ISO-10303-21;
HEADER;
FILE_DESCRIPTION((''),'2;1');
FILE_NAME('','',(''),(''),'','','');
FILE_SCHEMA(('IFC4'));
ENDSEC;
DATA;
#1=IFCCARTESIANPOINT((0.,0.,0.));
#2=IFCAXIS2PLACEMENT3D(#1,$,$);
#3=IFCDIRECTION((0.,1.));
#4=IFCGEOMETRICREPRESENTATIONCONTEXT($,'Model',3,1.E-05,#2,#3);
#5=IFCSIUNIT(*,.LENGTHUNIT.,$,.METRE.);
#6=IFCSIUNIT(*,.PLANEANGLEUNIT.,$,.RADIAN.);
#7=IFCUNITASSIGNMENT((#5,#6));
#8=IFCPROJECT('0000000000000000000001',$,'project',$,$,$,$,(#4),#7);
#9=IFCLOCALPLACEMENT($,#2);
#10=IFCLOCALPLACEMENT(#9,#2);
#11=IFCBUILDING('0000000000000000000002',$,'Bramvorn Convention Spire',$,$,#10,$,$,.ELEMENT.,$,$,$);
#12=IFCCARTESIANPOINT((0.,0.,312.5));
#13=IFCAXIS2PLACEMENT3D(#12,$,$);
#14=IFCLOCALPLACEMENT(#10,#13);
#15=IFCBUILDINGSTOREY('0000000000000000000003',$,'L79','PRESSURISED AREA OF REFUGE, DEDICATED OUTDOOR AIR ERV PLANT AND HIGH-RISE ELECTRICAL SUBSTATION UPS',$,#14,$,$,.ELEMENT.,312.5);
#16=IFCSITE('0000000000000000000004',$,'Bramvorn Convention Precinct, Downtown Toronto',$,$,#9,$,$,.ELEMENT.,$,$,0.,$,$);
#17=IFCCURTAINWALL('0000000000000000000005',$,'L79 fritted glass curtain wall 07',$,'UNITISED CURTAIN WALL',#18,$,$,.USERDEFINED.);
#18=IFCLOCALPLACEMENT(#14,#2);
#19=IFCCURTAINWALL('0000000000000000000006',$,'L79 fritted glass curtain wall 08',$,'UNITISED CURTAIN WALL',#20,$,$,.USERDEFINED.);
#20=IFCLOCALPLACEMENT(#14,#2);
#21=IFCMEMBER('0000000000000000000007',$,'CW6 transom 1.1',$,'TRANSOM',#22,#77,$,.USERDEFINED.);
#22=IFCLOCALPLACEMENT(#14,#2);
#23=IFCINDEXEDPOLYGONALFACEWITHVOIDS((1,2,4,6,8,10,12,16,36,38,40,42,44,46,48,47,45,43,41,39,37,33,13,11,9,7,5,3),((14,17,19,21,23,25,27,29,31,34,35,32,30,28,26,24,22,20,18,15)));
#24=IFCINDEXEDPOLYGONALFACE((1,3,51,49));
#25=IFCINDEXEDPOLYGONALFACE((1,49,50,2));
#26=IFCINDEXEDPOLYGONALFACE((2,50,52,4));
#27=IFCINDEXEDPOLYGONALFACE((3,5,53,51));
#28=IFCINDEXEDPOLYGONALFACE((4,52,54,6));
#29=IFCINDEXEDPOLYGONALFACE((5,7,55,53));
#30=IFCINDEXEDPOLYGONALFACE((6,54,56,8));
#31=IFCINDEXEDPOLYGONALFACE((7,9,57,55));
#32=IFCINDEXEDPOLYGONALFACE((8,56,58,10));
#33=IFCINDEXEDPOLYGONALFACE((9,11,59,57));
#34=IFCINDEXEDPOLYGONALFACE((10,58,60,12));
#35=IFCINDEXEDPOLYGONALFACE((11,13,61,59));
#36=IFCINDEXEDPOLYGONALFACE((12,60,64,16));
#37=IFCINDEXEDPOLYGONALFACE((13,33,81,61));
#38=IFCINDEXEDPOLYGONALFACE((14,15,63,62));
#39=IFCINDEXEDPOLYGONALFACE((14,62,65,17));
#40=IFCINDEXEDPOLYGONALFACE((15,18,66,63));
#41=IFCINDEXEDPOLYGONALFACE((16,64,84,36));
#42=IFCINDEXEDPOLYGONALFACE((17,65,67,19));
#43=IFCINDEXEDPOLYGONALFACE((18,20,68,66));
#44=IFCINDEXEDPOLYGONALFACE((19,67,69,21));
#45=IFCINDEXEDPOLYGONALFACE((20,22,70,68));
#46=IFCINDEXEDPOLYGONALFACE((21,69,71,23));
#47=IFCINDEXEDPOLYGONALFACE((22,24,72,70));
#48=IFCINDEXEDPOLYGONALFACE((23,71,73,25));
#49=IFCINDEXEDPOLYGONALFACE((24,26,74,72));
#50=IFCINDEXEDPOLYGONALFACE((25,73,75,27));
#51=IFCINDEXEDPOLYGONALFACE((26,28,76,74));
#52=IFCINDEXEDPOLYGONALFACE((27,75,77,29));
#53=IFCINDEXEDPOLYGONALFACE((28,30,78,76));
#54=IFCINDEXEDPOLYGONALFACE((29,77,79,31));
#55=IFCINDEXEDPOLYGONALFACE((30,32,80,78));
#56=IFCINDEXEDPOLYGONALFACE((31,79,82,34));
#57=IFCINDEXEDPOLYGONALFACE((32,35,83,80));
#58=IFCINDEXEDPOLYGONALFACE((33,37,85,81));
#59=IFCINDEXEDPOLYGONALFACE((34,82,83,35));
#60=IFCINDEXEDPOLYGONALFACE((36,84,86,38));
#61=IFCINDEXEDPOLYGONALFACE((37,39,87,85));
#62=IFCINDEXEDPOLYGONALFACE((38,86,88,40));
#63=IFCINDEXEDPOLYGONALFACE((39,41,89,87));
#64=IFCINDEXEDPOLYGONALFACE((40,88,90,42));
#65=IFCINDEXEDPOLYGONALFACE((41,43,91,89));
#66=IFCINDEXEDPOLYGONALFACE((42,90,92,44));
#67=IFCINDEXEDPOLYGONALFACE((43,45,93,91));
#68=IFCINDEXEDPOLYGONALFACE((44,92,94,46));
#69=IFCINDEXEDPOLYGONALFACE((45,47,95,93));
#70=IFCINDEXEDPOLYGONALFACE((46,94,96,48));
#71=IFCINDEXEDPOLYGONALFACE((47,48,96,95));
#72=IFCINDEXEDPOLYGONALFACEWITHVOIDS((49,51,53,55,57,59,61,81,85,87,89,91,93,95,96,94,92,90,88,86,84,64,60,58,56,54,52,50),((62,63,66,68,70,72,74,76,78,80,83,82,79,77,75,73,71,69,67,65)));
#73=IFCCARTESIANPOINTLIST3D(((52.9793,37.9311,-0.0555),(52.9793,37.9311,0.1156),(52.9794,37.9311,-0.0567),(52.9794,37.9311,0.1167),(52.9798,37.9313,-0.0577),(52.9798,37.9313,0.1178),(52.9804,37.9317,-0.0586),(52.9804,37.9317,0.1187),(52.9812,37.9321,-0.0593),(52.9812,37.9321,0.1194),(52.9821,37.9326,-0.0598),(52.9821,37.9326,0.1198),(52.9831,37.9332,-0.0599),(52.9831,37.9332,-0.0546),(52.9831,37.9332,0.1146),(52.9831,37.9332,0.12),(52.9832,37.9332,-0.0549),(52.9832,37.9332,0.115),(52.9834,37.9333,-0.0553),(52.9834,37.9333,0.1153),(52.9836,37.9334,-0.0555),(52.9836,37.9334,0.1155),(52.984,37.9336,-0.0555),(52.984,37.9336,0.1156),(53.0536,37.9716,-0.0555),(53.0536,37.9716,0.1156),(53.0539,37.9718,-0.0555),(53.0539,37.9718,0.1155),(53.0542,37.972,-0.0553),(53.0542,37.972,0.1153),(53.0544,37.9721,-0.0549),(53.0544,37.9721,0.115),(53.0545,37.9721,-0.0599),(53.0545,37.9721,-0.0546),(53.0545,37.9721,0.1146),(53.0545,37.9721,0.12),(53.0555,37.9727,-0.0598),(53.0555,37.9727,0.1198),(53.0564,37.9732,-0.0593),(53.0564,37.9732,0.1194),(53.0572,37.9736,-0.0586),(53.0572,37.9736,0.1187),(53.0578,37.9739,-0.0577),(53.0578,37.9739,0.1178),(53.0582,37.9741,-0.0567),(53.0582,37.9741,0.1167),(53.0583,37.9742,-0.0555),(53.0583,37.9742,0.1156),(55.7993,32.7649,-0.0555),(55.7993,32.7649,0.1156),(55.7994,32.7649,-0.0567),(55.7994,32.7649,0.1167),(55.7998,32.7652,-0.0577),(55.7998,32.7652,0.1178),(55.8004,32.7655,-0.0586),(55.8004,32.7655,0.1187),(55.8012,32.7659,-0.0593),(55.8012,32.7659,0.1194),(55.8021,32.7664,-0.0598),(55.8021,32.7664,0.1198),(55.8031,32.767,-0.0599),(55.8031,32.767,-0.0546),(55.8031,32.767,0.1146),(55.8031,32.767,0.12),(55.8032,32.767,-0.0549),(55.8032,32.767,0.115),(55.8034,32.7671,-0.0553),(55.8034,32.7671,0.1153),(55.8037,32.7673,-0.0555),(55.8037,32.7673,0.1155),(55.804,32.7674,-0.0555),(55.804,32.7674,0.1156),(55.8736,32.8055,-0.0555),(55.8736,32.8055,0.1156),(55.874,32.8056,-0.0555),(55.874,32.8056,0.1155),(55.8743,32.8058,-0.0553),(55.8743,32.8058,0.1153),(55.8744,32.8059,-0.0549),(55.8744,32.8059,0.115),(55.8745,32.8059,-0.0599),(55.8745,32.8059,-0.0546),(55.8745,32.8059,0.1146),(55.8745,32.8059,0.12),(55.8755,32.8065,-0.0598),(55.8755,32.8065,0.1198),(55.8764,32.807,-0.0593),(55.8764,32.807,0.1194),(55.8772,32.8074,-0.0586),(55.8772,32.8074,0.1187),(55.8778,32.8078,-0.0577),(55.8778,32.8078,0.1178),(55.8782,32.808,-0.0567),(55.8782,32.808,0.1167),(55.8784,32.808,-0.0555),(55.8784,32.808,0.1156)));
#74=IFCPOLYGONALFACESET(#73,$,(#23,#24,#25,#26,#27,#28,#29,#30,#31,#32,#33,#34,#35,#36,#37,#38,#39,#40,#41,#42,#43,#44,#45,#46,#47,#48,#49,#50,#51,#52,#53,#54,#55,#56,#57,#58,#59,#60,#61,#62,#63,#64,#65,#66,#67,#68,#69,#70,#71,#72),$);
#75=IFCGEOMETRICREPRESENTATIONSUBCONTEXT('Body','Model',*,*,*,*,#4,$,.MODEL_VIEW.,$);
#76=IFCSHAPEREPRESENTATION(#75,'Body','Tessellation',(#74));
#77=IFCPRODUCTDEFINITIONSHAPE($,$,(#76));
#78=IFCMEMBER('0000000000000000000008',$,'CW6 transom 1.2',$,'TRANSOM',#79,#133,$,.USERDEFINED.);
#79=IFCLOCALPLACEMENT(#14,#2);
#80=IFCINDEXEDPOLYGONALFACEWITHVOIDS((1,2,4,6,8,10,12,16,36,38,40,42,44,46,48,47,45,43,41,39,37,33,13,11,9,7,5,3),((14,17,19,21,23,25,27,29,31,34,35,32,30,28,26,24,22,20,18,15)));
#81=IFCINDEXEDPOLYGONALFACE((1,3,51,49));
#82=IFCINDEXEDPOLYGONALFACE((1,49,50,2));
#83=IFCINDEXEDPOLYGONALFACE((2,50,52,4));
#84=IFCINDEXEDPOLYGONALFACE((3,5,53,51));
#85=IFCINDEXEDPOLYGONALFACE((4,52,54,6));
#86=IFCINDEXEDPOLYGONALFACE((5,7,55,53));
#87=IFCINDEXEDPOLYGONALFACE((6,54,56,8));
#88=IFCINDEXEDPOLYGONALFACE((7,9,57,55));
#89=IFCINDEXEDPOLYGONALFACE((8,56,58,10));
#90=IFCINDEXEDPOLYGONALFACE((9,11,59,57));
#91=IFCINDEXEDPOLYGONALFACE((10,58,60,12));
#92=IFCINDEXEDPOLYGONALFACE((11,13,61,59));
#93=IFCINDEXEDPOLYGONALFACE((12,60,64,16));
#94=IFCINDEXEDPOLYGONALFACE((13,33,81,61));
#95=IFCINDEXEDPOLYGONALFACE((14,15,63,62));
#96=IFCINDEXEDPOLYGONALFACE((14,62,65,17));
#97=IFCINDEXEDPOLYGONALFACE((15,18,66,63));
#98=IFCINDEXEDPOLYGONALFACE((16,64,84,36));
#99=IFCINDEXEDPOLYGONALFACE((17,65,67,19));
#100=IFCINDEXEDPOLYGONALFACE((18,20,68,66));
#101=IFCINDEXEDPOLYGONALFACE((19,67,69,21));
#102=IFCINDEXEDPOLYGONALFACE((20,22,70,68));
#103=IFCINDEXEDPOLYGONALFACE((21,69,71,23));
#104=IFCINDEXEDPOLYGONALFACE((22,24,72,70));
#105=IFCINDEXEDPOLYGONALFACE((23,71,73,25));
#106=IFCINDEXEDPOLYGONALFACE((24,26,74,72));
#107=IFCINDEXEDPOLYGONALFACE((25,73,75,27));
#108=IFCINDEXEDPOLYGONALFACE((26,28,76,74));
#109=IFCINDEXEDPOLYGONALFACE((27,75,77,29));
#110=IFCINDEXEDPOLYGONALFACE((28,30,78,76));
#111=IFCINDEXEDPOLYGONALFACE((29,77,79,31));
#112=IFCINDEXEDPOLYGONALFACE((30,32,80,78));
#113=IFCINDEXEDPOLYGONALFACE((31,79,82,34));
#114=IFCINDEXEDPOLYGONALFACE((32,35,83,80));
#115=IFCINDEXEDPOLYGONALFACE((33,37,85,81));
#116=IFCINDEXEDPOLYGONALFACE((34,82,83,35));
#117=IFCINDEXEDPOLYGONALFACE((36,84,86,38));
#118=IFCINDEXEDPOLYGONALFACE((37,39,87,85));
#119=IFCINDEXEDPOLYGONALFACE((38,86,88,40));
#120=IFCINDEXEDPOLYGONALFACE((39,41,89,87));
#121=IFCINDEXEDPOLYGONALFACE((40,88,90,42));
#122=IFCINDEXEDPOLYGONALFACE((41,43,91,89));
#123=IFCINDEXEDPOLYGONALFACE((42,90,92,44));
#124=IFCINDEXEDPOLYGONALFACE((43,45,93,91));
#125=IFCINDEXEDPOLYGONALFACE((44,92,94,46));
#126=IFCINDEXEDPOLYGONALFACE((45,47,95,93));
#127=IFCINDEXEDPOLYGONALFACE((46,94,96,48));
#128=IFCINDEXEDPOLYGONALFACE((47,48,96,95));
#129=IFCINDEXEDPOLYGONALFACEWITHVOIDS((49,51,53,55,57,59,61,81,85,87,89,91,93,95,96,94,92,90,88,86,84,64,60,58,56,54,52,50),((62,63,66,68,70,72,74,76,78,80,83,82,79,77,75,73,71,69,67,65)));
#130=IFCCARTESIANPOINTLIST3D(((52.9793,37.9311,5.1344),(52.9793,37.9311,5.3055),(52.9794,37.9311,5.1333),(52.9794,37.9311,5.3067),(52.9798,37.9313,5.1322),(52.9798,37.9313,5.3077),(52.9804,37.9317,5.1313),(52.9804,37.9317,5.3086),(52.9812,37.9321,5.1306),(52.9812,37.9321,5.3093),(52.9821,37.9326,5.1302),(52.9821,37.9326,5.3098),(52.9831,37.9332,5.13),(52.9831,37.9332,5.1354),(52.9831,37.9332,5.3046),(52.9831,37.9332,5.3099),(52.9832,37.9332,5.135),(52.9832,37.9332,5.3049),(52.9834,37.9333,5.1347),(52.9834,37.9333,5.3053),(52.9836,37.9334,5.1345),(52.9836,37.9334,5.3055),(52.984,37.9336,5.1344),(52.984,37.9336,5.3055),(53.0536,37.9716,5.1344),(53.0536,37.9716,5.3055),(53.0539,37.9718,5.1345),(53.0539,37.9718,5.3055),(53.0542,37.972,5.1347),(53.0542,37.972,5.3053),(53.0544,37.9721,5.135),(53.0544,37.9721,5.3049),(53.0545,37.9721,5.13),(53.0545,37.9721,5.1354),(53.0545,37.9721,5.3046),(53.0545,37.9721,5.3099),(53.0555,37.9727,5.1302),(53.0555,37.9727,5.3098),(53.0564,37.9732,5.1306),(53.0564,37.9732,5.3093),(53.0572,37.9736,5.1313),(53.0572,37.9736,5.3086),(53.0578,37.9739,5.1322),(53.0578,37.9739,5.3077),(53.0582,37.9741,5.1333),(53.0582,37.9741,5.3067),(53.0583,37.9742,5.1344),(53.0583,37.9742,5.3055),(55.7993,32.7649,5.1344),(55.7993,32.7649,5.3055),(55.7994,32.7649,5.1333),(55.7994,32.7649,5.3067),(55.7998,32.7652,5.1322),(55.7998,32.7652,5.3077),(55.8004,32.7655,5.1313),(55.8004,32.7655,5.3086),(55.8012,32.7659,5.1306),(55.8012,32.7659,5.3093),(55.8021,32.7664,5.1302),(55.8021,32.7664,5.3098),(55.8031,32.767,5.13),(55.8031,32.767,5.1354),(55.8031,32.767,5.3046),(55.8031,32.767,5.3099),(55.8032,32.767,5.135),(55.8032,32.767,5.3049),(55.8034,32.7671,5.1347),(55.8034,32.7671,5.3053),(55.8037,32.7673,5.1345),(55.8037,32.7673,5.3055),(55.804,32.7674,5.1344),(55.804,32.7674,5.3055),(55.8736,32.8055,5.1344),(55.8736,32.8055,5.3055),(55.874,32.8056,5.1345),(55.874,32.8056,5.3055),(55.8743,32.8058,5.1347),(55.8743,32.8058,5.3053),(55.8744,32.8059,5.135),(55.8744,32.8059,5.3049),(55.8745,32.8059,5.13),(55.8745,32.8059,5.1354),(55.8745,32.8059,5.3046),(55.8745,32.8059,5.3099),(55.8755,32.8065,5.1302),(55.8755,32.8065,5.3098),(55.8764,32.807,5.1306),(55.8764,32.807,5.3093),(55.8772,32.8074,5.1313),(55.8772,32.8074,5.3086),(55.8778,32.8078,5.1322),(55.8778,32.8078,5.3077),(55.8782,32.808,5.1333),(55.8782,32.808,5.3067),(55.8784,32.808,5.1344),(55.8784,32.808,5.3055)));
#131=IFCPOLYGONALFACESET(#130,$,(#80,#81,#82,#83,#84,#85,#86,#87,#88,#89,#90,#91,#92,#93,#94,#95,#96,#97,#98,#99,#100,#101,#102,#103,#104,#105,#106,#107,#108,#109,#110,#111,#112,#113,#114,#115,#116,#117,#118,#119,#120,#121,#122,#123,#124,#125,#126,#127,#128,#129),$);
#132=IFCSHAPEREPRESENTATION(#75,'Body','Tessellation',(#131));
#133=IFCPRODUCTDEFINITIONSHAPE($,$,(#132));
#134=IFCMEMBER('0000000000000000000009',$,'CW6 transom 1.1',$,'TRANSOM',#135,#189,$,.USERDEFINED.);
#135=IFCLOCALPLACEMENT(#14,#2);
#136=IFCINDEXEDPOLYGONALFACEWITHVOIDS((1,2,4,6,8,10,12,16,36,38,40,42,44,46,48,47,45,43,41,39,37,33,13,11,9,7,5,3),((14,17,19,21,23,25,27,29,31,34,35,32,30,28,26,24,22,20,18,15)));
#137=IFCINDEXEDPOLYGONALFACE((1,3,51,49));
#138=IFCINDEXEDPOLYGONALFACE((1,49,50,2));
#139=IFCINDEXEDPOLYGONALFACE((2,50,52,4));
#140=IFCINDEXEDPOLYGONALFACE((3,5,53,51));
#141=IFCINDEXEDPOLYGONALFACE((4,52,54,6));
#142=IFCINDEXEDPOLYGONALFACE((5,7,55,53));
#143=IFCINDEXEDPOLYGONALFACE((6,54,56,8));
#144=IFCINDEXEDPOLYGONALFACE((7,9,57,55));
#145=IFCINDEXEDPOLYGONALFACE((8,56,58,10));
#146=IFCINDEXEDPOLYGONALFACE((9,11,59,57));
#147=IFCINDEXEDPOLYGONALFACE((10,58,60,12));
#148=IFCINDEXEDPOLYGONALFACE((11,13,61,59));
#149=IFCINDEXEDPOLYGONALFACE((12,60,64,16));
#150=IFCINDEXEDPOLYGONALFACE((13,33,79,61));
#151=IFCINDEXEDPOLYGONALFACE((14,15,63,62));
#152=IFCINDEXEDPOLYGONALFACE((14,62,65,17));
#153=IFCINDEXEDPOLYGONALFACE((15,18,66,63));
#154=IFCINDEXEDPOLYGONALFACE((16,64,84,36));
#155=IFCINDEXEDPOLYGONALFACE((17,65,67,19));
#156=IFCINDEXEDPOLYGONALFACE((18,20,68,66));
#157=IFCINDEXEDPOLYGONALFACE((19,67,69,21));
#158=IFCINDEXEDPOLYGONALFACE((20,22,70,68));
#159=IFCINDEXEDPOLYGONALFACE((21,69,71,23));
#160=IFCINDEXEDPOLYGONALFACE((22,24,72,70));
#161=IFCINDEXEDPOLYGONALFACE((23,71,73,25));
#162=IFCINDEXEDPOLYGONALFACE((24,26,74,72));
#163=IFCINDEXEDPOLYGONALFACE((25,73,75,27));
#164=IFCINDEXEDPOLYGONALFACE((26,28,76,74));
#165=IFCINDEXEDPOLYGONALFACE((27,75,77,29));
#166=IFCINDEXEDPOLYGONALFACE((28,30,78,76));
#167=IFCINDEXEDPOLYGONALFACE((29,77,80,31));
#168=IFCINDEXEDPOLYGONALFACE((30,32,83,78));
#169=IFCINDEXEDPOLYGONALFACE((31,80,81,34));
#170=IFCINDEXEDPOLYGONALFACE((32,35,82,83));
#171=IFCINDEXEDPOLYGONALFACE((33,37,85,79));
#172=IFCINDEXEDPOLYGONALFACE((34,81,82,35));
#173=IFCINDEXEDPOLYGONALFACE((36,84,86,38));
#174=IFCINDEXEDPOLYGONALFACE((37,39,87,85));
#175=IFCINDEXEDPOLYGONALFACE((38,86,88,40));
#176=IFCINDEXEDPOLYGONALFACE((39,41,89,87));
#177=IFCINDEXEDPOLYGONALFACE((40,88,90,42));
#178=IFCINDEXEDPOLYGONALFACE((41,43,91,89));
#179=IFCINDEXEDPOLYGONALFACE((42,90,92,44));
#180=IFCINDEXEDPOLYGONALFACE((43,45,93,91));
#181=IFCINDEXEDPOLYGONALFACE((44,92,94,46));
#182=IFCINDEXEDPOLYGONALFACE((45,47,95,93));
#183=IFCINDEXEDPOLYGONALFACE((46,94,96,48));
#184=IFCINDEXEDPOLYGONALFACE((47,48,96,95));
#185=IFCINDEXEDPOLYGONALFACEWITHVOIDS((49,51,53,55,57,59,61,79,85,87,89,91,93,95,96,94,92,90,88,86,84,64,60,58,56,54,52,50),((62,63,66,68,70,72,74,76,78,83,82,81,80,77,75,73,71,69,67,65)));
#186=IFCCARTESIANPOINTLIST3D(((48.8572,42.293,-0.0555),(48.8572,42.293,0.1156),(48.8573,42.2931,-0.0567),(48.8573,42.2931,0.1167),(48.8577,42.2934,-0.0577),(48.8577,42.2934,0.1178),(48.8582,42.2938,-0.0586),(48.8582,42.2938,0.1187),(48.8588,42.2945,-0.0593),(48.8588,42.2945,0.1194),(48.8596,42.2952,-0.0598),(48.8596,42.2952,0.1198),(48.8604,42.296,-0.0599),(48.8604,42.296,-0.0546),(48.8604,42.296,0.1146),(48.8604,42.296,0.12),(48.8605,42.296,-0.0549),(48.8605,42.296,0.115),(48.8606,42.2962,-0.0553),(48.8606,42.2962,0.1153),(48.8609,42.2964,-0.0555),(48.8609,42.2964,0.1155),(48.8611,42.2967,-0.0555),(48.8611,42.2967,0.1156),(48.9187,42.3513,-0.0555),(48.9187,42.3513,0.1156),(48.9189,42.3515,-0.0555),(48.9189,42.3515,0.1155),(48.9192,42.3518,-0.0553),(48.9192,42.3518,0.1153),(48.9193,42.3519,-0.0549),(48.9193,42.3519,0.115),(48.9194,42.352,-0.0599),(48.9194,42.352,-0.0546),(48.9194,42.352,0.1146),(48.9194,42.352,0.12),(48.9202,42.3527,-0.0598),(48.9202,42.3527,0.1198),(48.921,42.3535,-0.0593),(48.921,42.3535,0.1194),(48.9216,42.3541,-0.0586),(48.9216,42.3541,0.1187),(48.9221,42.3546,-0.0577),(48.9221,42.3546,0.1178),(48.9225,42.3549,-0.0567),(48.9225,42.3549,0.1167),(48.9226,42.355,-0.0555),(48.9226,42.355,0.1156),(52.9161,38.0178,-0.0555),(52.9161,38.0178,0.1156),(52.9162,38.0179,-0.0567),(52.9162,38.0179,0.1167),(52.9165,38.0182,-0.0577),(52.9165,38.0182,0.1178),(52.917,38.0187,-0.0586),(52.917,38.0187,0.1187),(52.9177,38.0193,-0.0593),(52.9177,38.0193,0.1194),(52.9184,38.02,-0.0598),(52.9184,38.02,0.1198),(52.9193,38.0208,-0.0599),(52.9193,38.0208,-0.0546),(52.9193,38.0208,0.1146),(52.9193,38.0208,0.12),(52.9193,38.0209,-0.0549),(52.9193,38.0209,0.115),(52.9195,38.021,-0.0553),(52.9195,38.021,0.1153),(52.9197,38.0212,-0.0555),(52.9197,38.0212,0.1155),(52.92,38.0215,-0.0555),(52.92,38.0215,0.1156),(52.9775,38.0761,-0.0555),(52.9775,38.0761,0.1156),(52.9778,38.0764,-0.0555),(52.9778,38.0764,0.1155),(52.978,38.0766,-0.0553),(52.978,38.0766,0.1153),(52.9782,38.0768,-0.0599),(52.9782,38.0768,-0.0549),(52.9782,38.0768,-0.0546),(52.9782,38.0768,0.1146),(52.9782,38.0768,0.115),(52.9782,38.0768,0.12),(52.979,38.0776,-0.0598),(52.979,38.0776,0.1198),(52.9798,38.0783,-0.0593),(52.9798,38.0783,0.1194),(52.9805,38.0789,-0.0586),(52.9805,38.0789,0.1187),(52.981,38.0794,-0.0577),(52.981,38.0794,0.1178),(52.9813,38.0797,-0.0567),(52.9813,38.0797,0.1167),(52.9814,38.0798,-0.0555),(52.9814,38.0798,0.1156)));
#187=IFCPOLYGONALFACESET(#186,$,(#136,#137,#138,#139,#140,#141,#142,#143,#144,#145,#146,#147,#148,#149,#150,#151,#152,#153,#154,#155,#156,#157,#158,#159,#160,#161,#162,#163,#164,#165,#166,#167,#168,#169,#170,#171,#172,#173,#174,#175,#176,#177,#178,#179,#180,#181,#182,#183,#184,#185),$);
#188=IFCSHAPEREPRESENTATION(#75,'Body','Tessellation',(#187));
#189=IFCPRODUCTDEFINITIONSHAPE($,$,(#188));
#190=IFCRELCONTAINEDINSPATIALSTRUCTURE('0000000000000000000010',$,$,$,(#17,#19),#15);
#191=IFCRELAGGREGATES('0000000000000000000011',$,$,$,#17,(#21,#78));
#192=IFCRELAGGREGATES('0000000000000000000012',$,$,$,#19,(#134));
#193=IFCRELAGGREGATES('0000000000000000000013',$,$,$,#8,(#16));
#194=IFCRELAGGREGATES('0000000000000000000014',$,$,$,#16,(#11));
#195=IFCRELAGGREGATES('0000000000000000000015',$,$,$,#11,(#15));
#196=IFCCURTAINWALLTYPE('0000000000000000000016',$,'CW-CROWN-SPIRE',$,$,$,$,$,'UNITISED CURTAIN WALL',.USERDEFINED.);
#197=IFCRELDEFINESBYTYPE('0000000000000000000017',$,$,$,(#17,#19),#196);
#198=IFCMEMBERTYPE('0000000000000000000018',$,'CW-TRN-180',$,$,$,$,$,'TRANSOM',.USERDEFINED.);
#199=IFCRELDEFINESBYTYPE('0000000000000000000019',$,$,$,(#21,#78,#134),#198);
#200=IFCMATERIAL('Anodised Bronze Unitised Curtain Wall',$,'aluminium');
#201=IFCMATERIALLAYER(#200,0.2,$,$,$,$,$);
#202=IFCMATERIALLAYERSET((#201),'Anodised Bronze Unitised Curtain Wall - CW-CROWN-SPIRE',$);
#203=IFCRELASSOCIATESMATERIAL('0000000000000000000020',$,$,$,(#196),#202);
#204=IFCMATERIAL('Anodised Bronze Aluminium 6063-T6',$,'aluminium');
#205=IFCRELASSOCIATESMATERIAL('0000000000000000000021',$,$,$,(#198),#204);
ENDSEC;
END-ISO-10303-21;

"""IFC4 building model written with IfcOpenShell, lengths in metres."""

from ifc_helpers import new_model, si_unit, direction, frame, origin, origin_2d, place, context, subcontext, project, spatial, hollow_rectangle, extrude, material, layer, layer_set, material_profile, profile_set, type_object, element, aggregate, save


model = new_model("IFC4")

# Units and contexts
model_context = context("Model", 3, precision=1e-05, world=origin(), true_north=direction((0.0, 1.0)))
body_context = subcontext(model_context, "Body", "Model", "MODEL_VIEW")
ifc_project = project(units=[si_unit("LENGTHUNIT", "METRE"), si_unit("PLANEANGLEUNIT", "RADIAN")], contexts=[model_context])

# Site, building, storey
site_placement = place(None, origin())
site = spatial("IfcSite", under=ifc_project, at=site_placement, Name="Bramvorn Convention Precinct, Downtown Toronto", CompositionType="ELEMENT", RefElevation=0.0)
building_placement = place(site_placement, origin())
building = spatial("IfcBuilding", under=site, at=building_placement, Name="Bramvorn Convention Spire", CompositionType="ELEMENT")
storey_placement = place(building_placement, frame((0.0, 0.0, 312.5)))
storey = spatial("IfcBuildingStorey", under=building, at=storey_placement, Name="L79", Description="PRESSURISED AREA OF REFUGE, DEDICATED OUTDOOR AIR ERV PLANT AND HIGH-RISE ELECTRICAL SUBSTATION UPS", CompositionType="ELEMENT", Elevation=312.5)

# Curtain wall
ifc_material_1 = material(Name="Anodised Bronze Unitised Curtain Wall", Category="aluminium")
ifc_layer_1 = layer(ifc_material_1, 0.2)
ifc_layer_set_1 = layer_set([ifc_layer_1], Name="Anodised Bronze Unitised Curtain Wall - CW-CROWN-SPIRE")
curtain_wall_type = type_object("IfcCurtainWallType", Name="CW-CROWN-SPIRE", ElementType="UNITISED CURTAIN WALL", PredefinedType="USERDEFINED", material=ifc_layer_set_1)
curtain_wall_1_placement = place(storey_placement, origin())
curtain_wall_1 = element("IfcCurtainWall", 1, at=curtain_wall_1_placement, inside=storey, type_object=curtain_wall_type, Name="L79 fritted glass curtain wall 07", ObjectType="UNITISED CURTAIN WALL", PredefinedType="USERDEFINED")
ifc_material_2 = material(Name="Anodised Bronze Aluminium 6063-T6", Category="aluminium")

# Curtain wall
curtain_wall_2_placement = place(storey_placement, origin())
curtain_wall_2 = element("IfcCurtainWall", 2, at=curtain_wall_2_placement, inside=storey, type_object=curtain_wall_type, Name="L79 fritted glass curtain wall 08", ObjectType="UNITISED CURTAIN WALL", PredefinedType="USERDEFINED")

# Members
ifc_material_profile_1 = material_profile(ifc_material_2, hollow_rectangle(XDim=0.0901, YDim=0.1799, WallThickness=0.0044, InnerFilletRadius=0.001, OuterFilletRadius=0.0044, at=origin_2d()))
ifc_profile_set_1 = profile_set([ifc_material_profile_1], Name="Anodised Bronze Aluminium 6063-T6 - CWT90X180")
member_type_1 = type_object("IfcMemberType", Name="CW-TRN-180", ElementType="TRANSOM", PredefinedType="USERDEFINED", material=ifc_profile_set_1)
member_1_placement = place(storey_placement, frame((53.0188, 37.9526, 0.03), z_axis=(0.479128, -0.877745, 0.0), x_axis=(0.877745, 0.479128, 0.0)))
member_1 = element("IfcMember", 3, at=member_1_placement, type_object=member_type_1, Name="CW6 transom 1.1", ObjectType="TRANSOM", PredefinedType="USERDEFINED", context=body_context, shape_type="SweptSolid", body=[
    extrude(hollow_rectangle(XDim=0.0901, YDim=0.1799, WallThickness=0.0044, InnerFilletRadius=0.001, OuterFilletRadius=0.0044, at=origin_2d()), origin(), (0.0, 0.0, 1.0), 5.8857),
])
member_2_placement = place(storey_placement, frame((53.0188, 37.9526, 5.22), z_axis=(0.479128, -0.877745, 0.0), x_axis=(0.877745, 0.479128, 0.0)))
member_2 = element("IfcMember", 4, at=member_2_placement, type_object=member_type_1, Name="CW6 transom 1.2", ObjectType="TRANSOM", PredefinedType="USERDEFINED", context=body_context, shape_type="SweptSolid", body=[
    extrude(hollow_rectangle(XDim=0.0901, YDim=0.1799, WallThickness=0.0044, InnerFilletRadius=0.001, OuterFilletRadius=0.0044, at=origin_2d()), origin(), (0.0, 0.0, 1.0), 5.8857),
])
member_3_placement = place(storey_placement, frame((48.8899, 42.324, 0.03), z_axis=(0.688522, -0.725216, 0.0), x_axis=(0.725216, 0.688522, 0.0)))
member_3 = element("IfcMember", 5, at=member_3_placement, type_object=member_type_1, Name="CW6 transom 1.1", ObjectType="TRANSOM", PredefinedType="USERDEFINED", context=body_context, shape_type="SweptSolid", body=[
    extrude(hollow_rectangle(XDim=0.0901, YDim=0.1799, WallThickness=0.0044, InnerFilletRadius=0.001, OuterFilletRadius=0.0044, at=origin_2d()), origin(), (0.0, 0.0, 1.0), 5.895),
])

aggregate(curtain_wall_1, [member_1, member_2])
aggregate(curtain_wall_2, [member_3])

save(model, "model.ifc")
